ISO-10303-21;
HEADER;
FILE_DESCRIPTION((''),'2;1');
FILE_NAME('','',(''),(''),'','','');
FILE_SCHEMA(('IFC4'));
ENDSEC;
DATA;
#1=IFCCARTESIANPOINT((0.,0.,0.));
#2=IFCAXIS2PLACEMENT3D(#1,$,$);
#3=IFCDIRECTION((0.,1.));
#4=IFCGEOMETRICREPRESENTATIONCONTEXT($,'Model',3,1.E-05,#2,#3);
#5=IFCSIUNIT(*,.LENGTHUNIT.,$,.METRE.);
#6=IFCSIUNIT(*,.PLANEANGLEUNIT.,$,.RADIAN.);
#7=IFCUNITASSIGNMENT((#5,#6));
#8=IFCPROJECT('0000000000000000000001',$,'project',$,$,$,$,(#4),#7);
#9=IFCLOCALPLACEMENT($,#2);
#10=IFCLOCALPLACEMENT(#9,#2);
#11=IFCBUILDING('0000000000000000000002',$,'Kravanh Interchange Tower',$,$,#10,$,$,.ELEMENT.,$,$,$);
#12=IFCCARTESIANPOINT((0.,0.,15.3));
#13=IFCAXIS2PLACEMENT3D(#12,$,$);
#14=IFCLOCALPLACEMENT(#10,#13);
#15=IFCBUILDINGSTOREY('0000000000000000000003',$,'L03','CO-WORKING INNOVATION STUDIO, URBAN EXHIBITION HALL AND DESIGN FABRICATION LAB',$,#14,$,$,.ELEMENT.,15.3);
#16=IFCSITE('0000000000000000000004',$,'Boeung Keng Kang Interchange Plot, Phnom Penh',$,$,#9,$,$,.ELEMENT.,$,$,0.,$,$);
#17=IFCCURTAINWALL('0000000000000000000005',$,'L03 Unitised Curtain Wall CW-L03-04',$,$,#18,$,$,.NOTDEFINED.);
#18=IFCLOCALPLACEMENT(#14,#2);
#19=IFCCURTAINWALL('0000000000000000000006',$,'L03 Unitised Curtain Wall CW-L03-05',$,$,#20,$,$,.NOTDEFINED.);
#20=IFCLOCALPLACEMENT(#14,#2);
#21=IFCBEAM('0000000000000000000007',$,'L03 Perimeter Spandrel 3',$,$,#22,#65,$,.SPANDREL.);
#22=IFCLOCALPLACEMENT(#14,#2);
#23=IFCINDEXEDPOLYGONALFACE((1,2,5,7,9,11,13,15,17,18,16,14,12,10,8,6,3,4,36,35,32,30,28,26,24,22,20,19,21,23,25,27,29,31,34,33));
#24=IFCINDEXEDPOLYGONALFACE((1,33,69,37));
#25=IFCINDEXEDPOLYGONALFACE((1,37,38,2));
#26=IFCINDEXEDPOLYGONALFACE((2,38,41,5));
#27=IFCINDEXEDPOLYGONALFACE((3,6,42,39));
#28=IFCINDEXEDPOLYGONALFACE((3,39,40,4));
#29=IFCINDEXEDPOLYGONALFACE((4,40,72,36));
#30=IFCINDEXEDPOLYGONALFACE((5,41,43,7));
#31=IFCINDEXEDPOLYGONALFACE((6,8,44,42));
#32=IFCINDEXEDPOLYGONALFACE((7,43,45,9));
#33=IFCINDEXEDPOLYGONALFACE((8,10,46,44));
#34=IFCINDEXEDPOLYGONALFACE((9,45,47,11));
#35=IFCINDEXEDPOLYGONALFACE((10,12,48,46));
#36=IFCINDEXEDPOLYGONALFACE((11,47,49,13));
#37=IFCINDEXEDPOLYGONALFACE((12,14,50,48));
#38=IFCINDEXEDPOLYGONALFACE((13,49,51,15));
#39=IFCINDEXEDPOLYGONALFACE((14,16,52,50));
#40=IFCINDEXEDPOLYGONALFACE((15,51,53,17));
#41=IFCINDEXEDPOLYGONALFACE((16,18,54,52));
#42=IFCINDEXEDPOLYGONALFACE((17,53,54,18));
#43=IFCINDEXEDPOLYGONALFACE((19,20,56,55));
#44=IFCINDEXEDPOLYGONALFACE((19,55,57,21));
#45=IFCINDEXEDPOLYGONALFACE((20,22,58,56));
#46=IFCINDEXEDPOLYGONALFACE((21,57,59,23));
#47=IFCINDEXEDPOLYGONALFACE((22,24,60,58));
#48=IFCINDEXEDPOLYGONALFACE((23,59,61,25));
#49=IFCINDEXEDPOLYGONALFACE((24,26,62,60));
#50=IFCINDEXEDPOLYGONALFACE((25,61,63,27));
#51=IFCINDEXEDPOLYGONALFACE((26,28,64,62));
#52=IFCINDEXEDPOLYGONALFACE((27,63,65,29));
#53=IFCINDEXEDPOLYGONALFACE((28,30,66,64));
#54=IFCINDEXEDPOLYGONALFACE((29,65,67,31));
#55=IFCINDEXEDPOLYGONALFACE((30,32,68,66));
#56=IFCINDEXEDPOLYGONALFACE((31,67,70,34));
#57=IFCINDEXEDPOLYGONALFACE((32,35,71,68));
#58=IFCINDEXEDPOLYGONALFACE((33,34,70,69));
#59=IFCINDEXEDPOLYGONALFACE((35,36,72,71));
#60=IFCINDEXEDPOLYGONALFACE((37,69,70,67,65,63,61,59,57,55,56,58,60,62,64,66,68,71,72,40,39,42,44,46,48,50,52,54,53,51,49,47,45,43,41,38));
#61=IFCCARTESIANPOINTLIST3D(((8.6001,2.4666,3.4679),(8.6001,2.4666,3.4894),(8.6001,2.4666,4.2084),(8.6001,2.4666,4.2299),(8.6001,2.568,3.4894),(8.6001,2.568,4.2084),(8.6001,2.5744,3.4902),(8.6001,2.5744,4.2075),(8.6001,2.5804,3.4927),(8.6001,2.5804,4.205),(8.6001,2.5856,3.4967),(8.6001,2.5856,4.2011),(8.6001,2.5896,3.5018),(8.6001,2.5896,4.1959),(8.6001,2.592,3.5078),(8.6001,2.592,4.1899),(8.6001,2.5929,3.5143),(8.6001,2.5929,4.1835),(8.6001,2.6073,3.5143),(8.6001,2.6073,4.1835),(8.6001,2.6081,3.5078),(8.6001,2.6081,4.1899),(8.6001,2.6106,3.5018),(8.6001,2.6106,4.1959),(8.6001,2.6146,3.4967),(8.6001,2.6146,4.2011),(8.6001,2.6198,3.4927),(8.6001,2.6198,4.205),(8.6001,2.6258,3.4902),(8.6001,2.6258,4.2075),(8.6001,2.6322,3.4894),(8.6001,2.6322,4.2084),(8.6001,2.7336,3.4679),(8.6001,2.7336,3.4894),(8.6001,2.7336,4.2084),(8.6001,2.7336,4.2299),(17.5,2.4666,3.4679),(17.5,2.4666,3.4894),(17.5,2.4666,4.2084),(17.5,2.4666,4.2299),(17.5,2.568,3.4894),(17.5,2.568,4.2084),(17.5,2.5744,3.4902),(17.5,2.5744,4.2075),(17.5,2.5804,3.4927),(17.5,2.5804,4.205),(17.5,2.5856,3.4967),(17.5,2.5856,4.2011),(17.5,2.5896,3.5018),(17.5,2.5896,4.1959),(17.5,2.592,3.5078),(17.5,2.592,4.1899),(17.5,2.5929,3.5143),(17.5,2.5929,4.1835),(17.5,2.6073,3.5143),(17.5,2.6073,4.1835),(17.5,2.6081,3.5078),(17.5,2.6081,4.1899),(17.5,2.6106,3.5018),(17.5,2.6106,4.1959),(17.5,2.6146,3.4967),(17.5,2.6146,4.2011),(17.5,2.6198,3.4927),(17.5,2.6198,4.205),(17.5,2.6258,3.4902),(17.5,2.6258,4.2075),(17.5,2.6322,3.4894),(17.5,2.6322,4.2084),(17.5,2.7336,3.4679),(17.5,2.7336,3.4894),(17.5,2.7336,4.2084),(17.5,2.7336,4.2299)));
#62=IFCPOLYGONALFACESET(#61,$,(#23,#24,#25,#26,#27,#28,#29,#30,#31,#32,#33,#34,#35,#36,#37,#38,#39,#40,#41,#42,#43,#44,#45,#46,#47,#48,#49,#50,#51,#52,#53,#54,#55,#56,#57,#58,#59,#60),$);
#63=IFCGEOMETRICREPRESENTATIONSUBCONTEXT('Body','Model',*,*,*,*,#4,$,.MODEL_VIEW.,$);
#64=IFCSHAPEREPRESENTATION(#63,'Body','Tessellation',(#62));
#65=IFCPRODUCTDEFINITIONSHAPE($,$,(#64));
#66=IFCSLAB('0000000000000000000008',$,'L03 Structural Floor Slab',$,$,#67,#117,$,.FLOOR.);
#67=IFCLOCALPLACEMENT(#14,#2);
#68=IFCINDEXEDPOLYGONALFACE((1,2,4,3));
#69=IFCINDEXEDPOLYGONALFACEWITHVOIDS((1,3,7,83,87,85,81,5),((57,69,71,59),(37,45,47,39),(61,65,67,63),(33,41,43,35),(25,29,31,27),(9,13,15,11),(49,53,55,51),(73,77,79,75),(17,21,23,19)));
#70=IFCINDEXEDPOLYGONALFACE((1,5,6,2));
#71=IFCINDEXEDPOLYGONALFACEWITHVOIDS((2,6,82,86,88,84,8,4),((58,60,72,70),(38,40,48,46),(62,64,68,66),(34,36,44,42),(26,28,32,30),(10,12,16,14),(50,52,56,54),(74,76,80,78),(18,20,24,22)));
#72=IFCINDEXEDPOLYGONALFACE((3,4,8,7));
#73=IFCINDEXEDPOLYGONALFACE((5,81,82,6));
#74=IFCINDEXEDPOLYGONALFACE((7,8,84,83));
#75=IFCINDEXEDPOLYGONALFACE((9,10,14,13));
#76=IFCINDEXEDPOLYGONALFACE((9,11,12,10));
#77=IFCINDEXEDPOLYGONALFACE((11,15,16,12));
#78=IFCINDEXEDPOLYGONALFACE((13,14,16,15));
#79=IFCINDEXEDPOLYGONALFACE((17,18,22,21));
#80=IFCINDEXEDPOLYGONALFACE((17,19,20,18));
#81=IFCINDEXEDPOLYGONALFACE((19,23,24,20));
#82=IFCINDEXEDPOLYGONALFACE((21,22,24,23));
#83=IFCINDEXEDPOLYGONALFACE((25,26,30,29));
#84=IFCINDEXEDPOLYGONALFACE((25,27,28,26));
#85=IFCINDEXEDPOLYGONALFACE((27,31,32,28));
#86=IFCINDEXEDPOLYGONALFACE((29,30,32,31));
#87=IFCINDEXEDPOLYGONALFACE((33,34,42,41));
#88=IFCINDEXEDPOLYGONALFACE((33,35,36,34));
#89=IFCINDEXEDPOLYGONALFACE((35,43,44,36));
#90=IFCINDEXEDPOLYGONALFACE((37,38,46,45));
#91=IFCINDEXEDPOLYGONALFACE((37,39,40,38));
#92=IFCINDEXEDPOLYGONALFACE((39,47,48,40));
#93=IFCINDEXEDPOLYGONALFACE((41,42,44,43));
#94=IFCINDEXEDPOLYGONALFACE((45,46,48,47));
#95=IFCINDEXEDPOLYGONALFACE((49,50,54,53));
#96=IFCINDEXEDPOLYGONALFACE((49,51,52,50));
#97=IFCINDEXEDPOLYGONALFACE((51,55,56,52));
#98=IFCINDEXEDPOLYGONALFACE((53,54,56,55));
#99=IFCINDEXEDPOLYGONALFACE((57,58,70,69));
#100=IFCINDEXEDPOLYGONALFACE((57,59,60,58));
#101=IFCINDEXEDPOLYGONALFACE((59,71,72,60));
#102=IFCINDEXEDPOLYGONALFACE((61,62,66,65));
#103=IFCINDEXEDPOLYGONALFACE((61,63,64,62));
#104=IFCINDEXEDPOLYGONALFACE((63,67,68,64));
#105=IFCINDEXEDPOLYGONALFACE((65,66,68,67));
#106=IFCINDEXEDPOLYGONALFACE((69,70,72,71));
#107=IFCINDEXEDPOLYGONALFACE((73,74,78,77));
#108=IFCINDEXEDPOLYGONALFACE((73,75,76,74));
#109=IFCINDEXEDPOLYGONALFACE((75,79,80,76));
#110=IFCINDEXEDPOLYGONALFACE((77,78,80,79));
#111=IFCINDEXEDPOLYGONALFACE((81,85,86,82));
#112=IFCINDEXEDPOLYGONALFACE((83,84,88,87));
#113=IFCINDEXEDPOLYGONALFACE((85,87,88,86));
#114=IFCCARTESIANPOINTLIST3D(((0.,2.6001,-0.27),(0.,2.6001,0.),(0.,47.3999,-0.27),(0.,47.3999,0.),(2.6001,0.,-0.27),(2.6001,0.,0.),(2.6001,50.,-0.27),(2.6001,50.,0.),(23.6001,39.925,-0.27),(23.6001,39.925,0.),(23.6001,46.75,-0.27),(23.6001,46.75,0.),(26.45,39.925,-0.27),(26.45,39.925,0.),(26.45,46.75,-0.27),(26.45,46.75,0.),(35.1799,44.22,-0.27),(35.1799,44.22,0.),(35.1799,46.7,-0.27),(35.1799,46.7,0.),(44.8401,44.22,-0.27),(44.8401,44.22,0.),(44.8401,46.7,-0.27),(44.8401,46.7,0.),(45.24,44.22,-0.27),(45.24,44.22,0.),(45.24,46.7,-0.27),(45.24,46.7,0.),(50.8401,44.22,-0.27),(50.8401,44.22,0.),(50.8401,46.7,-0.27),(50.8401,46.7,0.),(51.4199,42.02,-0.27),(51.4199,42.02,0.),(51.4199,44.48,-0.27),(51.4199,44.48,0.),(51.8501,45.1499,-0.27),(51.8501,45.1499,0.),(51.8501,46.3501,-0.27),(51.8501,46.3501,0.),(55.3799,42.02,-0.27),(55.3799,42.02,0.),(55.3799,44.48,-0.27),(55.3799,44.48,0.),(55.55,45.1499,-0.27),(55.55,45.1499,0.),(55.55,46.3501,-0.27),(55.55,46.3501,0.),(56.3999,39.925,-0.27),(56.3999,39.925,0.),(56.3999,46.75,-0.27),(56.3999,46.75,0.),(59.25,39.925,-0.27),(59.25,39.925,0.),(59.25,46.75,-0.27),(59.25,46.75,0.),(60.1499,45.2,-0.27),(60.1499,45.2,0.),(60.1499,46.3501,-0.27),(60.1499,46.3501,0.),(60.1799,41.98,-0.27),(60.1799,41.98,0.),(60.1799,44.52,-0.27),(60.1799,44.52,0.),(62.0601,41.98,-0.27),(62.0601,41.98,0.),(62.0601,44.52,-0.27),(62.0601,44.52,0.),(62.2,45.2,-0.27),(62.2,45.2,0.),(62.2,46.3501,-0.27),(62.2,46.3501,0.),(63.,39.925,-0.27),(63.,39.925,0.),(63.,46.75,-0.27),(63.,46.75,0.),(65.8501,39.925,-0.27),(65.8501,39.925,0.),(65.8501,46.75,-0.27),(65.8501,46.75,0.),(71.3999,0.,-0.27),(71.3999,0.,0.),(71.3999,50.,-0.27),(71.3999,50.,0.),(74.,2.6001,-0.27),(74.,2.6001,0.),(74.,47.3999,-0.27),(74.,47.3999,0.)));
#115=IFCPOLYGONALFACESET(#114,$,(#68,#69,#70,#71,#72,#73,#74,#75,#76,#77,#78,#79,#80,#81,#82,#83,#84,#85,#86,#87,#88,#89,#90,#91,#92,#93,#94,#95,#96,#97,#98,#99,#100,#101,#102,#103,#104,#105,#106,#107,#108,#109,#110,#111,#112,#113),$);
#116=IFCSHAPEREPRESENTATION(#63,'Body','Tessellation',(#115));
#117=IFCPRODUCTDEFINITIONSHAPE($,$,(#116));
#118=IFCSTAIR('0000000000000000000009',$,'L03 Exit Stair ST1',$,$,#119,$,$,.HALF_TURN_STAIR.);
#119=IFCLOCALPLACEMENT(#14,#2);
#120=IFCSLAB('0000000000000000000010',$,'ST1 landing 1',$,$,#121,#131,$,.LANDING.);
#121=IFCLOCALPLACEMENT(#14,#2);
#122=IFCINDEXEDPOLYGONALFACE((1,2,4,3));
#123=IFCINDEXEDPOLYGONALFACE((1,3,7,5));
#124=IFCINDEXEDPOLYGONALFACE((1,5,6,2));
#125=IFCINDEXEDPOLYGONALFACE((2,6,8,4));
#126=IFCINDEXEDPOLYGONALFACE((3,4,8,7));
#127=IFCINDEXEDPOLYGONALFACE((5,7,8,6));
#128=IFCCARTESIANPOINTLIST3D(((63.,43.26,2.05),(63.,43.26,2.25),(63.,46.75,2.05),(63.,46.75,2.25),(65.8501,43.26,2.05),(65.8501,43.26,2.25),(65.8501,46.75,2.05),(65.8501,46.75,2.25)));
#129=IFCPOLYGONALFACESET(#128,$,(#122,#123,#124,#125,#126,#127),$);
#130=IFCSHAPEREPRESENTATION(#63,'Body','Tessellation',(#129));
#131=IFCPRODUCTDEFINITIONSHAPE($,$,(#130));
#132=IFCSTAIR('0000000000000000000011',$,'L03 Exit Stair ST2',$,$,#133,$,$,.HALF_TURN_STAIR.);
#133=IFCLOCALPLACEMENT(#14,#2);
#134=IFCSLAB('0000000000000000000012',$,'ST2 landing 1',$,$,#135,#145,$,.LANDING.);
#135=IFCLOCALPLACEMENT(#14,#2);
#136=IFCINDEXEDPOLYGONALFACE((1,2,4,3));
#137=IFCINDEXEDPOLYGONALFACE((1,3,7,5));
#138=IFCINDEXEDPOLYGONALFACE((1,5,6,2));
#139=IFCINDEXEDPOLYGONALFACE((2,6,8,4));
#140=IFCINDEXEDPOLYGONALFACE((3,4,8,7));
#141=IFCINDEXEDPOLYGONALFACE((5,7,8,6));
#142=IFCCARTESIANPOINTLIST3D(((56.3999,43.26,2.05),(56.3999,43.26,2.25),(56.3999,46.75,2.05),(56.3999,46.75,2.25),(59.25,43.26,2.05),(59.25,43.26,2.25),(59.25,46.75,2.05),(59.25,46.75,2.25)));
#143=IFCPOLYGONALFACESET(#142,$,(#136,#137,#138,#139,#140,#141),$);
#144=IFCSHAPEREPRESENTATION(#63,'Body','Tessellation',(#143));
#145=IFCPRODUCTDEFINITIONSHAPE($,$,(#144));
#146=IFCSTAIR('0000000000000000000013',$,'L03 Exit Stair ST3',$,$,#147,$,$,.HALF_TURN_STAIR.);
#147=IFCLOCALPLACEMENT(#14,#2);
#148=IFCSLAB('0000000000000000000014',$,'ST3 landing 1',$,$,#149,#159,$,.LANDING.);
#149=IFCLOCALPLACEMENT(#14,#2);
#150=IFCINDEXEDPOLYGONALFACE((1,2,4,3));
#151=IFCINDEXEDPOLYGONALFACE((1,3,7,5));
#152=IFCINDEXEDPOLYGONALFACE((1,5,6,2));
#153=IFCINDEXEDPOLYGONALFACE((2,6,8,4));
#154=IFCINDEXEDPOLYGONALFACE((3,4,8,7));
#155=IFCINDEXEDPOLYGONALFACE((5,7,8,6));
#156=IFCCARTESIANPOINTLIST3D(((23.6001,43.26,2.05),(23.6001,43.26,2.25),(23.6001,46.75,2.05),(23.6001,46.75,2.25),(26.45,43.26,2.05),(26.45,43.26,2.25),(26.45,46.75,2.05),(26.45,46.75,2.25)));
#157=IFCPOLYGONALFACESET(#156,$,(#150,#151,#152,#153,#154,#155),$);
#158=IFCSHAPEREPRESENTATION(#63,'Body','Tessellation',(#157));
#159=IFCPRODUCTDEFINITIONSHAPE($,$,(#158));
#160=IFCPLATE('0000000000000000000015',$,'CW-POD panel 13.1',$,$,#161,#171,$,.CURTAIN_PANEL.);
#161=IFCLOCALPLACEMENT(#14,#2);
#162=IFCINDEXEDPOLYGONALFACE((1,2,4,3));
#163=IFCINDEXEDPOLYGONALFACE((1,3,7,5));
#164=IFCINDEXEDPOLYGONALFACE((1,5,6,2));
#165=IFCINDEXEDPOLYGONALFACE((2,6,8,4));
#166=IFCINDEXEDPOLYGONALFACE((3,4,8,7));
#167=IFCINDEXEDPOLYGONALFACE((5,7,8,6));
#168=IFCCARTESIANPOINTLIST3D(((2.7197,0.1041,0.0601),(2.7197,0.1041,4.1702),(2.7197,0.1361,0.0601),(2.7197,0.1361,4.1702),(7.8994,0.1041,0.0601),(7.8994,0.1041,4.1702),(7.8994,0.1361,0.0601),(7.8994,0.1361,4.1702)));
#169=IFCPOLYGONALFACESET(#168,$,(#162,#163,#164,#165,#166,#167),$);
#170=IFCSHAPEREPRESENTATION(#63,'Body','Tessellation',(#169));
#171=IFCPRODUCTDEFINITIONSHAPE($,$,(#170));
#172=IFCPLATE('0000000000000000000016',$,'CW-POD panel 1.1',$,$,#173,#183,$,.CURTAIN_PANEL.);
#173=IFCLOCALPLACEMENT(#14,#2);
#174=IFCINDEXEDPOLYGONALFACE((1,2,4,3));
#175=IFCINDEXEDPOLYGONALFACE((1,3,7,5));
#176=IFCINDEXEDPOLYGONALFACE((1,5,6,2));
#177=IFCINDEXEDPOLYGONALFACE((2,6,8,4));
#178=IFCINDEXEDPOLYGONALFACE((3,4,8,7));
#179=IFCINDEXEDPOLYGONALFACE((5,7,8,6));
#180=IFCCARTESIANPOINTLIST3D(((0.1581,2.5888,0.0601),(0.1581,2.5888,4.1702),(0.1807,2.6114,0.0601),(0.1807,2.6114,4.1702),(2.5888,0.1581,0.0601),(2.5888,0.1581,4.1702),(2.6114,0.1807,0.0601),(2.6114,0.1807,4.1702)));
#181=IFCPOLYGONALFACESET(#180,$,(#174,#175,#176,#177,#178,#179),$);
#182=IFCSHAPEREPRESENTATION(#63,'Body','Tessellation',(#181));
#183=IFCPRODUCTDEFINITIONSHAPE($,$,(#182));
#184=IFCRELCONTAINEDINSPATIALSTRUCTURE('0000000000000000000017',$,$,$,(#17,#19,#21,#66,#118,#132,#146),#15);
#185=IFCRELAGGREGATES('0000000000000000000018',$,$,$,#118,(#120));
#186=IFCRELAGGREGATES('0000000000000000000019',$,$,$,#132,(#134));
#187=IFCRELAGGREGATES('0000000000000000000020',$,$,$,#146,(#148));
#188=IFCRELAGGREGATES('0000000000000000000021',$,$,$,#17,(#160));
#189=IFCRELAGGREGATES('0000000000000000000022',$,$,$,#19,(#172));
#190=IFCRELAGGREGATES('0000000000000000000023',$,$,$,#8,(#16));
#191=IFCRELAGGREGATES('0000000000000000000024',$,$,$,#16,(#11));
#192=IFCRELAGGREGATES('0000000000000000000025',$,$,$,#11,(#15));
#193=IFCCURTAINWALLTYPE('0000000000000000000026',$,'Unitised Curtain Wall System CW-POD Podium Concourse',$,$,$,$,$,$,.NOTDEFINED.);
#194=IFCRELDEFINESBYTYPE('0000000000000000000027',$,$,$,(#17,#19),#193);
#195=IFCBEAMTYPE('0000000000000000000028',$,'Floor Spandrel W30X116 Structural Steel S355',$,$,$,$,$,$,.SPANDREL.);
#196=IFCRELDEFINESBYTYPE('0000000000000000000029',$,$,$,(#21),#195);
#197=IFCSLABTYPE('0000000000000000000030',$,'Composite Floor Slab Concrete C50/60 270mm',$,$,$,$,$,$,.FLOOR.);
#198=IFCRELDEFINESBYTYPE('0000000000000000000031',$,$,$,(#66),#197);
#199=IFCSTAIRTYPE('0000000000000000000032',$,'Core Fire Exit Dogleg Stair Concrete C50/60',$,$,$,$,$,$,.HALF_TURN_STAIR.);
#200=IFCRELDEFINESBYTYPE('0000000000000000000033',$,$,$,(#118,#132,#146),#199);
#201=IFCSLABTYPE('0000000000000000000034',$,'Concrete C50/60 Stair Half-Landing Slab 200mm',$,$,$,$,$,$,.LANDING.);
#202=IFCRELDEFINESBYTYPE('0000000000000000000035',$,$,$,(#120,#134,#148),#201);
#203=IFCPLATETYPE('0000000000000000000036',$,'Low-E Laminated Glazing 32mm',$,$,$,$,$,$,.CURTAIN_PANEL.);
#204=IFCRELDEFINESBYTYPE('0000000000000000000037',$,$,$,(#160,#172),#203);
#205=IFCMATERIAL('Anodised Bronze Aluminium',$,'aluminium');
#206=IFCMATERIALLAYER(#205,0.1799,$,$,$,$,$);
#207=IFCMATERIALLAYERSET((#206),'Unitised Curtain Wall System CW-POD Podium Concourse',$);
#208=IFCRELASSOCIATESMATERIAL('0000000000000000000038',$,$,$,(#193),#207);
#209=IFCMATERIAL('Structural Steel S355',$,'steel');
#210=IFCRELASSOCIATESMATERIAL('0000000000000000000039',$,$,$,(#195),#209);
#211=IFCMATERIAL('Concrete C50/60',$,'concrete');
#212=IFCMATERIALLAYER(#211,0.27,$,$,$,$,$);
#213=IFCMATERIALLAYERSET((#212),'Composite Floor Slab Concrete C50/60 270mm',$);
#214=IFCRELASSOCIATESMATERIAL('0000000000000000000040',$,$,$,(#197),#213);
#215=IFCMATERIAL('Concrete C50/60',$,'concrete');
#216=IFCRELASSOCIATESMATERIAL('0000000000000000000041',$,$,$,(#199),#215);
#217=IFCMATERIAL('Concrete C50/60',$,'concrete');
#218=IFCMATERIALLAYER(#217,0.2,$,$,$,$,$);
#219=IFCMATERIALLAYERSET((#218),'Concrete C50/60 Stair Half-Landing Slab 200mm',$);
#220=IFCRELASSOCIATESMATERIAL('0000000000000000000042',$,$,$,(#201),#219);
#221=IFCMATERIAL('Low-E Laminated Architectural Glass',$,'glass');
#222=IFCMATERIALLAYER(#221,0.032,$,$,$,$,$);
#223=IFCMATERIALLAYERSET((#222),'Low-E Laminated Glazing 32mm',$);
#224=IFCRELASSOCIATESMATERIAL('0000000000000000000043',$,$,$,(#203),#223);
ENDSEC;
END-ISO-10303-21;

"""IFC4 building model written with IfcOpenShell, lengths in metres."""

from ifc_helpers import new_model, si_unit, direction, frame, origin, origin_2d, place, context, subcontext, project, spatial, polyline, rectangle, i_section, outline, extrude, material, layer, layer_set, material_profile, profile_set, type_object, element, aggregate, save


model = new_model("IFC4")

# Units and contexts
model_context = context("Model", 3, precision=1e-05, world=origin(), true_north=direction((0.0, 1.0)))
body_context = subcontext(model_context, "Body", "Model", "MODEL_VIEW")
ifc_project = project(units=[si_unit("LENGTHUNIT", "METRE"), si_unit("PLANEANGLEUNIT", "RADIAN")], contexts=[model_context])

# Site, building, storey
site_placement = place(None, origin())
site = spatial("IfcSite", under=ifc_project, at=site_placement, Name="Boeung Keng Kang Interchange Plot, Phnom Penh", CompositionType="ELEMENT", RefElevation=0.0)
building_placement = place(site_placement, origin())
building = spatial("IfcBuilding", under=site, at=building_placement, Name="Kravanh Interchange Tower", CompositionType="ELEMENT")
storey_placement = place(building_placement, frame((0.0, 0.0, 15.3)))
storey = spatial("IfcBuildingStorey", under=building, at=storey_placement, Name="L03", Description="CO-WORKING INNOVATION STUDIO, URBAN EXHIBITION HALL AND DESIGN FABRICATION LAB", CompositionType="ELEMENT", Elevation=15.3)

# Shared definitions
ifc_material_1 = material(Name="Anodised Bronze Aluminium", Category="aluminium")
ifc_layer_1 = layer(ifc_material_1, 0.1799)
ifc_layer_set_1 = layer_set([ifc_layer_1], Name="Unitised Curtain Wall System CW-POD Podium Concourse")
curtain_wall_type = type_object("IfcCurtainWallType", Name="Unitised Curtain Wall System CW-POD Podium Concourse", PredefinedType="NOTDEFINED", material=ifc_layer_set_1)

# Curtain walls
curtain_wall_1_placement = place(storey_placement, origin())
curtain_wall_1 = element("IfcCurtainWall", 1, at=curtain_wall_1_placement, inside=storey, type_object=curtain_wall_type, Name="L03 Unitised Curtain Wall CW-L03-04", PredefinedType="NOTDEFINED")
curtain_wall_2_placement = place(storey_placement, origin())
curtain_wall_2 = element("IfcCurtainWall", 2, at=curtain_wall_2_placement, inside=storey, type_object=curtain_wall_type, Name="L03 Unitised Curtain Wall CW-L03-05", PredefinedType="NOTDEFINED")

# Beam
ifc_material_2 = material(Name="Structural Steel S355", Category="steel")
ifc_material_profile_1 = material_profile(ifc_material_2, i_section(OverallWidth=0.2671, OverallDepth=0.762, WebThickness=0.0144, FlangeThickness=0.0215, FilletRadius=0.0249, at=origin_2d()), Name="W30X116")
ifc_profile_set_1 = profile_set([ifc_material_profile_1], Name="Structural Steel S355")
beam_type_1 = type_object("IfcBeamType", Name="Floor Spandrel W30X116 Structural Steel S355", PredefinedType="SPANDREL", material=ifc_profile_set_1)
beam_1_placement = place(storey_placement, frame((8.6001, 2.6001, 3.8489), z_axis=(1.0, 0.0, 0.0), x_axis=(0.0, 1.0, 0.0)))
element("IfcBeam", 3, at=beam_1_placement, inside=storey, type_object=beam_type_1, Name="L03 Perimeter Spandrel 3", PredefinedType="SPANDREL", context=body_context, shape_type="SweptSolid", body=[
    extrude(i_section(OverallWidth=0.2671, OverallDepth=0.762, WebThickness=0.0144, FlangeThickness=0.0215, FilletRadius=0.0249, at=origin_2d()), origin(), (0.0, 0.0, 1.0), 8.8999),
])

# Slab
ifc_material_3 = material(Name="Concrete C50/60", Category="concrete")
ifc_layer_2 = layer(ifc_material_3, 0.27)
ifc_layer_set_2 = layer_set([ifc_layer_2], Name="Composite Floor Slab Concrete C50/60 270mm")
slab_type_1 = type_object("IfcSlabType", Name="Composite Floor Slab Concrete C50/60 270mm", PredefinedType="FLOOR", material=ifc_layer_set_2)
slab_1_placement = place(storey_placement, frame((0.0, 0.0, -0.27)))
element("IfcSlab", 4, at=slab_1_placement, inside=storey, type_object=slab_type_1, Name="L03 Structural Floor Slab", PredefinedType="FLOOR", context=body_context, shape_type="SweptSolid", body=[
    extrude(outline(polyline([(0.0, 2.6001), (2.6001, 0.0), (71.3999, 0.0), (74.0, 2.6001), (74.0, 47.3999), (71.3999, 50.0), (2.6001, 50.0), (0.0, 47.3999), (0.0, 2.6001)]), holes=[polyline([(65.8501, 39.925), (65.8501, 46.75), (63.0, 46.75), (63.0, 39.925), (65.8501, 39.925)]), polyline([(59.25, 39.925), (59.25, 46.75), (56.3999, 46.75), (56.3999, 39.925), (59.25, 39.925)]), polyline([(26.45, 39.925), (26.45, 46.75), (23.6001, 46.75), (23.6001, 39.925), (26.45, 39.925)]), polyline([(35.1799, 44.22), (44.8401, 44.22), (44.8401, 46.7), (35.1799, 46.7), (35.1799, 44.22)]), polyline([(45.24, 44.22), (50.8401, 44.22), (50.8401, 46.7), (45.24, 46.7), (45.24, 44.22)]), polyline([(51.4199, 42.02), (55.3799, 42.02), (55.3799, 44.48), (51.4199, 44.48), (51.4199, 42.02)]), polyline([(60.1799, 41.98), (62.0601, 41.98), (62.0601, 44.52), (60.1799, 44.52), (60.1799, 41.98)]), polyline([(60.1499, 45.2), (62.2, 45.2), (62.2, 46.3501), (60.1499, 46.3501), (60.1499, 45.2)]), polyline([(51.8501, 45.1499), (55.55, 45.1499), (55.55, 46.3501), (51.8501, 46.3501), (51.8501, 45.1499)])]), origin(), (0.0, 0.0, 1.0), 0.27),
])

# Stairs, slabs
ifc_material_4 = material(Name="Concrete C50/60", Category="concrete")
stair_type = type_object("IfcStairType", Name="Core Fire Exit Dogleg Stair Concrete C50/60", PredefinedType="HALF_TURN_STAIR", material=ifc_material_4)
stair_1_placement = place(storey_placement, origin())
stair_1 = element("IfcStair", 5, at=stair_1_placement, inside=storey, type_object=stair_type, Name="L03 Exit Stair ST1", PredefinedType="HALF_TURN_STAIR")
ifc_material_5 = material(Name="Concrete C50/60", Category="concrete")
ifc_layer_3 = layer(ifc_material_5, 0.2)
ifc_layer_set_3 = layer_set([ifc_layer_3], Name="Concrete C50/60 Stair Half-Landing Slab 200mm")
slab_type_2 = type_object("IfcSlabType", Name="Concrete C50/60 Stair Half-Landing Slab 200mm", PredefinedType="LANDING", material=ifc_layer_set_3)
slab_2_placement = place(storey_placement, frame((0.0, 0.0, 2.05)))
slab_2 = element("IfcSlab", 6, at=slab_2_placement, type_object=slab_type_2, Name="ST1 landing 1", PredefinedType="LANDING", context=body_context, shape_type="SweptSolid", body=[
    extrude(outline(polyline([(65.8501, 43.26), (65.8501, 46.75), (63.0, 46.75), (63.0, 43.26), (65.8501, 43.26)])), origin(), (0.0, 0.0, 1.0), 0.2),
])
aggregate(stair_1, [slab_2])
stair_2_placement = place(storey_placement, origin())
stair_2 = element("IfcStair", 7, at=stair_2_placement, inside=storey, type_object=stair_type, Name="L03 Exit Stair ST2", PredefinedType="HALF_TURN_STAIR")
slab_3_placement = place(storey_placement, frame((0.0, 0.0, 2.05)))
slab_3 = element("IfcSlab", 8, at=slab_3_placement, type_object=slab_type_2, Name="ST2 landing 1", PredefinedType="LANDING", context=body_context, shape_type="SweptSolid", body=[
    extrude(outline(polyline([(59.25, 43.26), (59.25, 46.75), (56.3999, 46.75), (56.3999, 43.26), (59.25, 43.26)])), origin(), (0.0, 0.0, 1.0), 0.2),
])
aggregate(stair_2, [slab_3])
stair_3_placement = place(storey_placement, origin())
stair_3 = element("IfcStair", 9, at=stair_3_placement, inside=storey, type_object=stair_type, Name="L03 Exit Stair ST3", PredefinedType="HALF_TURN_STAIR")
slab_4_placement = place(storey_placement, frame((0.0, 0.0, 2.05)))
slab_4 = element("IfcSlab", 10, at=slab_4_placement, type_object=slab_type_2, Name="ST3 landing 1", PredefinedType="LANDING", context=body_context, shape_type="SweptSolid", body=[
    extrude(outline(polyline([(26.45, 43.26), (26.45, 46.75), (23.6001, 46.75), (23.6001, 43.26), (26.45, 43.26)])), origin(), (0.0, 0.0, 1.0), 0.2),
])
aggregate(stair_3, [slab_4])

# Plates
ifc_material_6 = material(Name="Low-E Laminated Architectural Glass", Category="glass")
ifc_layer_4 = layer(ifc_material_6, 0.032)
ifc_layer_set_4 = layer_set([ifc_layer_4], Name="Low-E Laminated Glazing 32mm")
plate_type = type_object("IfcPlateType", Name="Low-E Laminated Glazing 32mm", PredefinedType="CURTAIN_PANEL", material=ifc_layer_set_4)
plate_1_placement = place(storey_placement, frame((5.3096, 0.1201, 0.0601), z_axis=(0.0, 0.0, 1.0), x_axis=(-1.0, 0.0, 0.0)))
plate_1 = element("IfcPlate", 11, at=plate_1_placement, type_object=plate_type, Name="CW-POD panel 13.1", PredefinedType="CURTAIN_PANEL", context=body_context, shape_type="SweptSolid", body=[
    extrude(rectangle(XDim=5.1797, YDim=0.032, at=origin_2d()), origin(), (0.0, 0.0, 1.0), 4.1101),
])
aggregate(curtain_wall_1, [plate_1])
plate_2_placement = place(storey_placement, frame((1.3848, 1.3848, 0.0601), z_axis=(0.0, 0.0, 1.0), x_axis=(-0.707107, 0.707107, 0.0)))
plate_2 = element("IfcPlate", 12, at=plate_2_placement, type_object=plate_type, Name="CW-POD panel 1.1", PredefinedType="CURTAIN_PANEL", context=body_context, shape_type="SweptSolid", body=[
    extrude(rectangle(XDim=3.4375, YDim=0.032, at=origin_2d()), origin(), (0.0, 0.0, 1.0), 4.1101),
])
aggregate(curtain_wall_2, [plate_2])

save(model, "model.ifc")
